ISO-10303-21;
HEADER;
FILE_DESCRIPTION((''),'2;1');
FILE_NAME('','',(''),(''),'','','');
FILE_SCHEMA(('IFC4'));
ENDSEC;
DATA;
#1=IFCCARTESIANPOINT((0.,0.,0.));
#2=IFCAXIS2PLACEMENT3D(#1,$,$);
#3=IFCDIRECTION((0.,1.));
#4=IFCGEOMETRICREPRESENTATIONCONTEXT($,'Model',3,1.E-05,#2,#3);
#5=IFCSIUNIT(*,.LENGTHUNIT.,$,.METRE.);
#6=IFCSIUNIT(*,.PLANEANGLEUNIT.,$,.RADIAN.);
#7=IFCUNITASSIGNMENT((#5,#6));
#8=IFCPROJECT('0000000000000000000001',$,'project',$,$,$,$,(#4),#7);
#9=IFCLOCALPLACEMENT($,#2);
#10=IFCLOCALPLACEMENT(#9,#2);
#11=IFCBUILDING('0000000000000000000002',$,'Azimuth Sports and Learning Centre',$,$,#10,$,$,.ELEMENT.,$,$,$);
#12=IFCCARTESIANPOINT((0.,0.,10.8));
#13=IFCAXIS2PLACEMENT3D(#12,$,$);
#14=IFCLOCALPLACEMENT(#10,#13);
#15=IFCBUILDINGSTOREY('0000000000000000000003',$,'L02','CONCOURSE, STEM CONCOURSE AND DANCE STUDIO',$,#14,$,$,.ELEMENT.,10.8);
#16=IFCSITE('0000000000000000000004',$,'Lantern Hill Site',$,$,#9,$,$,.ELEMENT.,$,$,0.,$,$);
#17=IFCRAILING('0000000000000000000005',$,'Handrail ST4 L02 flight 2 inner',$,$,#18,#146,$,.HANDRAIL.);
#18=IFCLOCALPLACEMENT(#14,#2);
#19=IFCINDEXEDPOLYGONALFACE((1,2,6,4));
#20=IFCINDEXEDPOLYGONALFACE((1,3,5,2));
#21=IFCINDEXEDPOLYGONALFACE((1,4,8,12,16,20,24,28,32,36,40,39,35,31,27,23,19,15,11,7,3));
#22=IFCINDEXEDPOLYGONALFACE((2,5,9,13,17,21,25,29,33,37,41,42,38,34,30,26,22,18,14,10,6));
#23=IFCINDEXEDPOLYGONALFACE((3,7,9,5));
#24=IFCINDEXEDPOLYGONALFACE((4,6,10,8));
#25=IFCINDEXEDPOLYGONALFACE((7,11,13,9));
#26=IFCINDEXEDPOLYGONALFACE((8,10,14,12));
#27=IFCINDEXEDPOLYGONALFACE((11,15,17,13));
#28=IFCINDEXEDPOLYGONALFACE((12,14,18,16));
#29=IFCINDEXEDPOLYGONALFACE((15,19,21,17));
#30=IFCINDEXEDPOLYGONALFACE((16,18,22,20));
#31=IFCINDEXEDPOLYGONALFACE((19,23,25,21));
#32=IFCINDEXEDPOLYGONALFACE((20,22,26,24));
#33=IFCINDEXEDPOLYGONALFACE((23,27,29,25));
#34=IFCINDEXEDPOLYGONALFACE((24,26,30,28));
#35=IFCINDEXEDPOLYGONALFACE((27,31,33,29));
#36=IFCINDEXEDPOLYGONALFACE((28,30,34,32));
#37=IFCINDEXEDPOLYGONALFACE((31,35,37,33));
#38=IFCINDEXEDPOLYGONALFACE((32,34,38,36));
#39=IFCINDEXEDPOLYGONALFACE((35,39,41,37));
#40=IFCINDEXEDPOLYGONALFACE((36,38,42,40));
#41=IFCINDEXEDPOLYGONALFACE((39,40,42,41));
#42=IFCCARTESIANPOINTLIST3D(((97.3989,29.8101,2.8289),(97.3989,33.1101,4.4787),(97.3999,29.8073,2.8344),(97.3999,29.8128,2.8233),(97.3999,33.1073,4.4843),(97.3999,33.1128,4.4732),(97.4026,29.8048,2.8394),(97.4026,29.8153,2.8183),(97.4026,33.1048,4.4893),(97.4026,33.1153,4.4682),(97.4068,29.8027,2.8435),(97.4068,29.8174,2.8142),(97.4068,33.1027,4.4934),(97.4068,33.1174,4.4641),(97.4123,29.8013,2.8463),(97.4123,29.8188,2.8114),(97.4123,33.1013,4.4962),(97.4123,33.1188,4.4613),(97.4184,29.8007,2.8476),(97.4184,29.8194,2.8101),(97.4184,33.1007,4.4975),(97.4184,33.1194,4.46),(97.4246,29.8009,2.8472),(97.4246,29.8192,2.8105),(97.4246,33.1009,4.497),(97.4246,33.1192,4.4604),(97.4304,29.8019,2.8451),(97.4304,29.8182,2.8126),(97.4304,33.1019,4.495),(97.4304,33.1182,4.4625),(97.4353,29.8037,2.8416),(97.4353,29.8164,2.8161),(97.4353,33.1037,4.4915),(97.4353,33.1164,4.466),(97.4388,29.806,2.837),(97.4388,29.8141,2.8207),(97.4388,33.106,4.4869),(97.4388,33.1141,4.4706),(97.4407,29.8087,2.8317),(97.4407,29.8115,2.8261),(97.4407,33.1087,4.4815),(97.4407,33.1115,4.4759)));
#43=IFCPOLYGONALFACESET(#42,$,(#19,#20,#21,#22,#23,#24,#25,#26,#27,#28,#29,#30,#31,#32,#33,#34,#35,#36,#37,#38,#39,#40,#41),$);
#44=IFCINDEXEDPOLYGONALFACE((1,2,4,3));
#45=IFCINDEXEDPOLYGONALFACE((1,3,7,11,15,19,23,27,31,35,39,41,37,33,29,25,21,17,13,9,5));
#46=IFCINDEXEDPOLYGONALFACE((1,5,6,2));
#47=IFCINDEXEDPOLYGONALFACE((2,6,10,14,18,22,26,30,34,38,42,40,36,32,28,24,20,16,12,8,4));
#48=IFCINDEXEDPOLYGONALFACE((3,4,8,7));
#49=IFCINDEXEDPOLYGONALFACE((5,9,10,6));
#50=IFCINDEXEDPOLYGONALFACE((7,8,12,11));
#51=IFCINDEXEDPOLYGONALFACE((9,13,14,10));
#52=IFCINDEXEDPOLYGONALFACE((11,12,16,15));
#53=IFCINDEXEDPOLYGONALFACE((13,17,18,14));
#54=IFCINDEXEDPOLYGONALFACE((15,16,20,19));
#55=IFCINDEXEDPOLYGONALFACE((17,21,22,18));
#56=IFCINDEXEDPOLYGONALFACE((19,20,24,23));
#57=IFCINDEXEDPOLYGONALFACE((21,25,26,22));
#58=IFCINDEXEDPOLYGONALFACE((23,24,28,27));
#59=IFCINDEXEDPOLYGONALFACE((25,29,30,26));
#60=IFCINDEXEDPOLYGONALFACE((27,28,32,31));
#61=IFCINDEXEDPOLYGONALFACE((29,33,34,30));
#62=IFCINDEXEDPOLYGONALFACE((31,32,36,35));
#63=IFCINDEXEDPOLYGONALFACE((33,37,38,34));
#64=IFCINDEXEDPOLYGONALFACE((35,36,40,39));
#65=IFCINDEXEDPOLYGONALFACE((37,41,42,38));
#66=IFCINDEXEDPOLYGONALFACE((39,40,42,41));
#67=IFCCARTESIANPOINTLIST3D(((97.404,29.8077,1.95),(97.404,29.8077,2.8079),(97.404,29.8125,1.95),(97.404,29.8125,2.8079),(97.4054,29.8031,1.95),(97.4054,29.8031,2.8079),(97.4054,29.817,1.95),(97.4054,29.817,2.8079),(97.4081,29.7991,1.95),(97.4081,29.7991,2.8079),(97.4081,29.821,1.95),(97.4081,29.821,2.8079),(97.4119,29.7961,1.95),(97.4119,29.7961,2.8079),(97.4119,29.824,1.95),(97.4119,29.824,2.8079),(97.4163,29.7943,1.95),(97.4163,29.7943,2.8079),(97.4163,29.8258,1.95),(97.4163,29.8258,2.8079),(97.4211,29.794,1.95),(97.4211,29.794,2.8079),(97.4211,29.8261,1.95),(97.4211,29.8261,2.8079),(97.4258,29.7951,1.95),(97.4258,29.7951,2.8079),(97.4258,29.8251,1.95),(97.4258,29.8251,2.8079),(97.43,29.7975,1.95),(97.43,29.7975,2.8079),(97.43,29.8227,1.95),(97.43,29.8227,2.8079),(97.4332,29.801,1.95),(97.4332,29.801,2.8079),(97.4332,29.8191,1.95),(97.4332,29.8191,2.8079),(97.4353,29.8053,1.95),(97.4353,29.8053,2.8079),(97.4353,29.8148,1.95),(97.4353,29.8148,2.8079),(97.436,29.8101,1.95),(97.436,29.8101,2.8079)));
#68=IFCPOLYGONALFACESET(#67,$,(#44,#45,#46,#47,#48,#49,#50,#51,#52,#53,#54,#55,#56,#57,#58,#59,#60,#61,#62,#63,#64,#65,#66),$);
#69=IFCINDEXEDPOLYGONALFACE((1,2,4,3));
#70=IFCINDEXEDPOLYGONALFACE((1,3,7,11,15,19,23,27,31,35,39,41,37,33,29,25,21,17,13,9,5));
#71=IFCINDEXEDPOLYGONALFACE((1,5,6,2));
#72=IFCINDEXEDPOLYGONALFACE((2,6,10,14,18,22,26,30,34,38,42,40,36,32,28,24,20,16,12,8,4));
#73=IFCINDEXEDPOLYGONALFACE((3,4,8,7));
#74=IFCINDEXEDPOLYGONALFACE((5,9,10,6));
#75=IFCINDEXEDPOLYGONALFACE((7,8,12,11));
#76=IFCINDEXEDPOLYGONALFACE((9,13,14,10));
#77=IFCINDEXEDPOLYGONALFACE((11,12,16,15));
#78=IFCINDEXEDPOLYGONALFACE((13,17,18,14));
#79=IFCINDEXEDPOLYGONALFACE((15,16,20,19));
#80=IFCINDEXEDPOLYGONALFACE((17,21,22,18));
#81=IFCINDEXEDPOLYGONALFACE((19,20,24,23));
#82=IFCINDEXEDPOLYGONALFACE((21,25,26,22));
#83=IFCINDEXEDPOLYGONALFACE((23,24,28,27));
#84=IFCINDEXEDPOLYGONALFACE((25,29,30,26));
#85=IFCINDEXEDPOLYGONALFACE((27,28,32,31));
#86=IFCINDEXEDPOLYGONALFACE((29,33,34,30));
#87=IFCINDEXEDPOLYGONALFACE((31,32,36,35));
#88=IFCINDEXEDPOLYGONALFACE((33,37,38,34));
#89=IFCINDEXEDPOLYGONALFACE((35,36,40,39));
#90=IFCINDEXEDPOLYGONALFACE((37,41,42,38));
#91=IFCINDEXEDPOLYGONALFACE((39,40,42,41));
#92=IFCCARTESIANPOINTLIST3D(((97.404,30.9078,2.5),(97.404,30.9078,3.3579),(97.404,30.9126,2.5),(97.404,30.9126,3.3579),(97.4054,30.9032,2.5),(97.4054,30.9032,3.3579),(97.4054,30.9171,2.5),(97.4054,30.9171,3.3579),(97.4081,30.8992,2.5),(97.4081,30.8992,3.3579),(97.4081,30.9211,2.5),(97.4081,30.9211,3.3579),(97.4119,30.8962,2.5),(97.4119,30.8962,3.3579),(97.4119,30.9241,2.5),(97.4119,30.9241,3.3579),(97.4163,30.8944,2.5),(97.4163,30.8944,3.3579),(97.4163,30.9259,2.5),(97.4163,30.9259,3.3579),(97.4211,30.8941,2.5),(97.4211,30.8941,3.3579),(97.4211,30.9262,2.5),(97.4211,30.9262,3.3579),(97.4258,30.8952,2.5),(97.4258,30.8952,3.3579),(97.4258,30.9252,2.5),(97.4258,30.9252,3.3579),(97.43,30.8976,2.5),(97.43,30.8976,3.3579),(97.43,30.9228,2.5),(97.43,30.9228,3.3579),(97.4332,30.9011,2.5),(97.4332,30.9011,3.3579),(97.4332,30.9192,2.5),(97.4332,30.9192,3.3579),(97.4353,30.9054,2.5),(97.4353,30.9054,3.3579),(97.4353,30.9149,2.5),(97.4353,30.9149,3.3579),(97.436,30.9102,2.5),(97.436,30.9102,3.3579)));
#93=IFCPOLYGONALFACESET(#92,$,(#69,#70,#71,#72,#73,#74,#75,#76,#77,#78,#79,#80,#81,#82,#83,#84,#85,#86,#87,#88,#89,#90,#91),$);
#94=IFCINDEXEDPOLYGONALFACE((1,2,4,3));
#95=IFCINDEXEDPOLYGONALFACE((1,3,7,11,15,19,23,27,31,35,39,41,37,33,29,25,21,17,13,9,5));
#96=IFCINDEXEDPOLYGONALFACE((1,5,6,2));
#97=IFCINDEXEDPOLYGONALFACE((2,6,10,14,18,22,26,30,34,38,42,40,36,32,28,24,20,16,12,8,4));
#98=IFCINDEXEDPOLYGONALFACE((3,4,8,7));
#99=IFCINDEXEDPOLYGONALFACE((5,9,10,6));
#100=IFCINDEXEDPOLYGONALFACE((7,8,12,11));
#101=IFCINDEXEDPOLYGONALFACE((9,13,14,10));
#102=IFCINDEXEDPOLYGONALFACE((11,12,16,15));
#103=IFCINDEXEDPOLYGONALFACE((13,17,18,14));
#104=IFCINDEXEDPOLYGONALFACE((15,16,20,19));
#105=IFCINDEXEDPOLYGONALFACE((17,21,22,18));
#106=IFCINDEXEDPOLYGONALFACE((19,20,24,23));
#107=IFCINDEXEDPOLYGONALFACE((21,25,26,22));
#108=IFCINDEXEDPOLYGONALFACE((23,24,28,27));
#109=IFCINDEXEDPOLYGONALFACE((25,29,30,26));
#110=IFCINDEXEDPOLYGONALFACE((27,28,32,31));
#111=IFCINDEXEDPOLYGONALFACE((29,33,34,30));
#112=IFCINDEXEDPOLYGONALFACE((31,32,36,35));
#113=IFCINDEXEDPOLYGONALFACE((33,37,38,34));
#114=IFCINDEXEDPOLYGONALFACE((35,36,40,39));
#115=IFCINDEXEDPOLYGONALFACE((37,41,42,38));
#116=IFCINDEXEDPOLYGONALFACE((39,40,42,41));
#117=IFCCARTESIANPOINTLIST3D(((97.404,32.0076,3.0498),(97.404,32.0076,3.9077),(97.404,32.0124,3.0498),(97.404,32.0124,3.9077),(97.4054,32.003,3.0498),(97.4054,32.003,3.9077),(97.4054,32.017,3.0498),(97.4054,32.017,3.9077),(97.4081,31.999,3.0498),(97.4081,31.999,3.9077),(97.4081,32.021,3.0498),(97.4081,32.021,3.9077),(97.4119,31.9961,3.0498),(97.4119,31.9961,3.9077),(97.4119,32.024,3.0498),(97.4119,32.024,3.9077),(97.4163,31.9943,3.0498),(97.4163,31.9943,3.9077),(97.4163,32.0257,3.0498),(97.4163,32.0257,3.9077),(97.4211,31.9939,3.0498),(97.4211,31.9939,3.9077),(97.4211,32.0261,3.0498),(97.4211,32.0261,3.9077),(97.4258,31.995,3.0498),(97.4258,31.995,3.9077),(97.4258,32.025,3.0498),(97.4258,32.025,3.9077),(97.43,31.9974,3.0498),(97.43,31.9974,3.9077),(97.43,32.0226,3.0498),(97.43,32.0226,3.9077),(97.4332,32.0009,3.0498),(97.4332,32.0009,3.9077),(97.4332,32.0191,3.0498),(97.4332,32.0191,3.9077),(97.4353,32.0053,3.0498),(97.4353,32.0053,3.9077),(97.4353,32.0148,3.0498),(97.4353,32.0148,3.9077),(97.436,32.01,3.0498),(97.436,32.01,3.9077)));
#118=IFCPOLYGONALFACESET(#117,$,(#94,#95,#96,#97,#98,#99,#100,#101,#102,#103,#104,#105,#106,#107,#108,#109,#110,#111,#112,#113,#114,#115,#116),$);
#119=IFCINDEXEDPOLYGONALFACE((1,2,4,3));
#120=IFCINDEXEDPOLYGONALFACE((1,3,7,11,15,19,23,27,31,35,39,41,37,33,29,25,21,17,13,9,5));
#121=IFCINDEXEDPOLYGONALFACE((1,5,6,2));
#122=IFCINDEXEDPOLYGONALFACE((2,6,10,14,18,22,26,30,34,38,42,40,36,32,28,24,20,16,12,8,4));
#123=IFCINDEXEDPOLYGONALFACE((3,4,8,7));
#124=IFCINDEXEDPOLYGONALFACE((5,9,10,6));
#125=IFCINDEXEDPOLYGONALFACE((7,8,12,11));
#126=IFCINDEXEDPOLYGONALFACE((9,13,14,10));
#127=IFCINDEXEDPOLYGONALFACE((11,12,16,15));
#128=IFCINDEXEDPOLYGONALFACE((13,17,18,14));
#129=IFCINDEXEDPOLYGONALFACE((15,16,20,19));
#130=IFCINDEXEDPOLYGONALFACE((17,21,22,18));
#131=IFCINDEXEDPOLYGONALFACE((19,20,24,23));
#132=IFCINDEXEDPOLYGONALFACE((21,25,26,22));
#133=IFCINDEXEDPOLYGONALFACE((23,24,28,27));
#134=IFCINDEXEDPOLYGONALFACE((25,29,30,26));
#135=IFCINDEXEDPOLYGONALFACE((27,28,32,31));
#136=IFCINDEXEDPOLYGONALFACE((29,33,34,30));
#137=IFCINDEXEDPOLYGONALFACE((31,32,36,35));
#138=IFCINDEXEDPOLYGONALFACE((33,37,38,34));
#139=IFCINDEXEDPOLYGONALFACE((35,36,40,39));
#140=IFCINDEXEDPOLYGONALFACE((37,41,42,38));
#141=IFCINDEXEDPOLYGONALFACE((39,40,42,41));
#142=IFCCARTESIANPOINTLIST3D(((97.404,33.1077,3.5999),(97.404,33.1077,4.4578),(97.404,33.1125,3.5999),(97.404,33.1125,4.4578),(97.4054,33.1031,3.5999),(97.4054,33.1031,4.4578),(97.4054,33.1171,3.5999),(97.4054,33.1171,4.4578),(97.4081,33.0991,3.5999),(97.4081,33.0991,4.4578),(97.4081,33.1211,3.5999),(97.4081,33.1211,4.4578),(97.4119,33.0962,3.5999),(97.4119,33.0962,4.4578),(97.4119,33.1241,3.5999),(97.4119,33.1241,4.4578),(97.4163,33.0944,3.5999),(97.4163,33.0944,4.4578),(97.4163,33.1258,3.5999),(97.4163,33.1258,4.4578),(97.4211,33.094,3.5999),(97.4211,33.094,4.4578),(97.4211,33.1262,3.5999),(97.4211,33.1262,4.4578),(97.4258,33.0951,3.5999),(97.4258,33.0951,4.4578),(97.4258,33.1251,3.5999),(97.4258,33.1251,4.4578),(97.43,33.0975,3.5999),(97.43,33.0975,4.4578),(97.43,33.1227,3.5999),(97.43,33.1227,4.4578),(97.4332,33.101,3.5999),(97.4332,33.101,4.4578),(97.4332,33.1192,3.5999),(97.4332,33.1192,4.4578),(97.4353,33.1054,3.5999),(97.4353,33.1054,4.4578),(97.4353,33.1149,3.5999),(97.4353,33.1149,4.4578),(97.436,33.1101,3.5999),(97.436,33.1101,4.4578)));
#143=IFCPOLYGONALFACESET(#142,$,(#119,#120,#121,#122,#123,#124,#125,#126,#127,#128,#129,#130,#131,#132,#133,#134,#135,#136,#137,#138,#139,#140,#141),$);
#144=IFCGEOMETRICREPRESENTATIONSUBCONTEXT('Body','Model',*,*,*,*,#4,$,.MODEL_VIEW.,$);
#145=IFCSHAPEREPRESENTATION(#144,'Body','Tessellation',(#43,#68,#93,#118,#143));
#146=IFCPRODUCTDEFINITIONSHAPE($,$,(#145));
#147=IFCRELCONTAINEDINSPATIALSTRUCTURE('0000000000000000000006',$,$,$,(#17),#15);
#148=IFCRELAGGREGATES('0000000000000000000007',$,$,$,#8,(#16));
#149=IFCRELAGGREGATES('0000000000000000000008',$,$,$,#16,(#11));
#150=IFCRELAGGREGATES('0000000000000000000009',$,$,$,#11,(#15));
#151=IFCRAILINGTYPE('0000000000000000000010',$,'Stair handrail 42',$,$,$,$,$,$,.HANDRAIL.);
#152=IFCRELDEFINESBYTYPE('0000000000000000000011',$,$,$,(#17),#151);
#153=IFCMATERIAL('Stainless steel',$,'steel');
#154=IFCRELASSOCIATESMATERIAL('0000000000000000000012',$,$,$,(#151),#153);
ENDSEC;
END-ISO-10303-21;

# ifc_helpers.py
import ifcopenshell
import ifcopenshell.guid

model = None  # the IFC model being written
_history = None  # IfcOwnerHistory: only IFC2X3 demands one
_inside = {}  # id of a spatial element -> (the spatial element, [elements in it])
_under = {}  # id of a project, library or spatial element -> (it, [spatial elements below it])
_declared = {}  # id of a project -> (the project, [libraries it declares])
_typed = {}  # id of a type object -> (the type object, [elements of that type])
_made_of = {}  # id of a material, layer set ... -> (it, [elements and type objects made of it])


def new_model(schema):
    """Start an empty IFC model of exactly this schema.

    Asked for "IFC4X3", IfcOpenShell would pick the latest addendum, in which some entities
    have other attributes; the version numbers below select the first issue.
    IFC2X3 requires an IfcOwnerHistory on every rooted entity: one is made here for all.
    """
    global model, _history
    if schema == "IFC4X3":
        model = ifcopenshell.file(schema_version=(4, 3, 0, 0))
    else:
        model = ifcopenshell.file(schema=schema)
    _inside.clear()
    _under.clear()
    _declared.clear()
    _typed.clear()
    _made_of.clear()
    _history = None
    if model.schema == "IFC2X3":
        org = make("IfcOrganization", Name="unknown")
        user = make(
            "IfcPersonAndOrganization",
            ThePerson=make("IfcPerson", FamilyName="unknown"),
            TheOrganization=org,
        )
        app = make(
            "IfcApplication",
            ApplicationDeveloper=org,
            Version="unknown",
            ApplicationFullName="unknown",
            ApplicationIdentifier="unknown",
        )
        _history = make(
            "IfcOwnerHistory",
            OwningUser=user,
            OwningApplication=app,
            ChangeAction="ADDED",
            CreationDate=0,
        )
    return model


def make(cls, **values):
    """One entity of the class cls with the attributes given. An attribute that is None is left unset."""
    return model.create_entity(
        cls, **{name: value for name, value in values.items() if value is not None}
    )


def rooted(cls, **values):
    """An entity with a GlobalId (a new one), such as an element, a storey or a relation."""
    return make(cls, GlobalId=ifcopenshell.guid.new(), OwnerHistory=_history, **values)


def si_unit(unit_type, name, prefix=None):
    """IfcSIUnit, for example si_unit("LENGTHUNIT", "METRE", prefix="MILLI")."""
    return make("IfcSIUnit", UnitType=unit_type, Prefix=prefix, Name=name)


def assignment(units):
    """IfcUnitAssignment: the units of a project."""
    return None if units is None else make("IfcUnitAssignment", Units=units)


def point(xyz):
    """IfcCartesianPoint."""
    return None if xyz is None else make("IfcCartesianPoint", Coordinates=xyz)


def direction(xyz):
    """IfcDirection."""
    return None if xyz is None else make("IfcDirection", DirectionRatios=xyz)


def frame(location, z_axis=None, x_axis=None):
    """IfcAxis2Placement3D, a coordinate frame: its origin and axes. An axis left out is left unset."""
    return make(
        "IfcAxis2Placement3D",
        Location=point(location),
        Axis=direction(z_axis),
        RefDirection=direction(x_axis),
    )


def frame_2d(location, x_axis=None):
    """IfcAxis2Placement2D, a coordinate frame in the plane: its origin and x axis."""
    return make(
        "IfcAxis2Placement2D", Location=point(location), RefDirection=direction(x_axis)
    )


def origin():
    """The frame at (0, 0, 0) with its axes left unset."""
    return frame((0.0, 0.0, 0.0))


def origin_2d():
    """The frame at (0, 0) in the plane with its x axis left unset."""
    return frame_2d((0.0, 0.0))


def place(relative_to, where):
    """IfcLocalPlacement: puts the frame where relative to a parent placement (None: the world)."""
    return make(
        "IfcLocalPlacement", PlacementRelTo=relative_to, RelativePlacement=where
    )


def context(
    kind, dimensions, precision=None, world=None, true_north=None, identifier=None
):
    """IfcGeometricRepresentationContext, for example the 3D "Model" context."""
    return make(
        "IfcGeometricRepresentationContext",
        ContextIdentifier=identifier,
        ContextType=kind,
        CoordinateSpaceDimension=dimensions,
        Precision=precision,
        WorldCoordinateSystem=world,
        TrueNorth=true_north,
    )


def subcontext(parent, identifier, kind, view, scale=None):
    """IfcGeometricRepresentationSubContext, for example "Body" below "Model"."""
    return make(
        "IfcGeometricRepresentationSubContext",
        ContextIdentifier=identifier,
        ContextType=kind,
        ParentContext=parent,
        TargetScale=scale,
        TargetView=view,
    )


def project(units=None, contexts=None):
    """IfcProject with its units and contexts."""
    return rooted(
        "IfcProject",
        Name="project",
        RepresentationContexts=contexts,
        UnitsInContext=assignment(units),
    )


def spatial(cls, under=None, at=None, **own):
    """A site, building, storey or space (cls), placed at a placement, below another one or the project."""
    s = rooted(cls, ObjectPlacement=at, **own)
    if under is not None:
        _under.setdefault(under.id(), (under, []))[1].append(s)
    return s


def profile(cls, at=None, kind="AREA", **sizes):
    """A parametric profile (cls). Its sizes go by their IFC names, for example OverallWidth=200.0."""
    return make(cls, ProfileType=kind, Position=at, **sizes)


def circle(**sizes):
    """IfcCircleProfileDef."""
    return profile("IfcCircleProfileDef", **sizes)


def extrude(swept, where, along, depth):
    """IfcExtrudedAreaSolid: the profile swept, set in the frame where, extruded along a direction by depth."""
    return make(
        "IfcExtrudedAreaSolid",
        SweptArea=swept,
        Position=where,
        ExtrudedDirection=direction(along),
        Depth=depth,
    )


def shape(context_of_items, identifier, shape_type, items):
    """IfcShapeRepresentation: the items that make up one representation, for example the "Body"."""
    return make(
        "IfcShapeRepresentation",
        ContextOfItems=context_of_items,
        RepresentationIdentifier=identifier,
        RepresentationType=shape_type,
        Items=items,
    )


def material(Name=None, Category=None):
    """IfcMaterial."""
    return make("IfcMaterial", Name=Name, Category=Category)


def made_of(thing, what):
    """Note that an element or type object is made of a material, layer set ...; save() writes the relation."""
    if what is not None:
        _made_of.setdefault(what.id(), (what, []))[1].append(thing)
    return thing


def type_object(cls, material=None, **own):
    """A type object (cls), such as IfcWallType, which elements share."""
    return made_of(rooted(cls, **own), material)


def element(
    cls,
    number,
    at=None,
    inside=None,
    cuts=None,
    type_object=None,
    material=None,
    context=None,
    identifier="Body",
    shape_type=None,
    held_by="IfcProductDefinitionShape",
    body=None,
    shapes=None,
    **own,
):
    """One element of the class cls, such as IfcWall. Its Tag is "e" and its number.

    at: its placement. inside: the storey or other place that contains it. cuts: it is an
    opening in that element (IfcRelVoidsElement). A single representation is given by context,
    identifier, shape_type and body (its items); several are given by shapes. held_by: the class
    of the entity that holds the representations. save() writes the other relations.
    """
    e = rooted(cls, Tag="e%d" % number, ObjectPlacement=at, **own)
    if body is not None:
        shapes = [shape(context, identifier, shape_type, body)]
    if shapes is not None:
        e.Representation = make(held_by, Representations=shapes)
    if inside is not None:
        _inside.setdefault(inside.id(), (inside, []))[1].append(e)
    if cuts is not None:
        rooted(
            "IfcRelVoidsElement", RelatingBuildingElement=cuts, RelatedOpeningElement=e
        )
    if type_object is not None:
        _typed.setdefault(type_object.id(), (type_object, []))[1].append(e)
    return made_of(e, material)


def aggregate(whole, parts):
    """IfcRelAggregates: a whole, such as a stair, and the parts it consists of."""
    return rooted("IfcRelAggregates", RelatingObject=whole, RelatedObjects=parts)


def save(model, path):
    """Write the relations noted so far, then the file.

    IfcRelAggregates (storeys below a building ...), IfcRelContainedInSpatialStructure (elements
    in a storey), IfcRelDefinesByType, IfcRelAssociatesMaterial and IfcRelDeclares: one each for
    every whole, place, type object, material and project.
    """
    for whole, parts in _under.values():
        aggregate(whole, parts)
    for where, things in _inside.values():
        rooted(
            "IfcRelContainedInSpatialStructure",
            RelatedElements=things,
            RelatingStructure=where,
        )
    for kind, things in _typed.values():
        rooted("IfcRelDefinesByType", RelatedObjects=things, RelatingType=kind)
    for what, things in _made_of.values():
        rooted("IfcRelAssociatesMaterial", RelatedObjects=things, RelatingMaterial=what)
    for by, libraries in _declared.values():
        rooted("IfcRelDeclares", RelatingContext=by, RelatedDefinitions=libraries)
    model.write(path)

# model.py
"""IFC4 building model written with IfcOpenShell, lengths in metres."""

from ifc_helpers import new_model, si_unit, direction, frame, origin, origin_2d, place, context, subcontext, project, spatial, circle, extrude, material, type_object, element, save


model = new_model("IFC4")

# Units and contexts
model_context = context("Model", 3, precision=1e-05, world=origin(), true_north=direction((0.0, 1.0)))
body_context = subcontext(model_context, "Body", "Model", "MODEL_VIEW")
ifc_project = project(units=[si_unit("LENGTHUNIT", "METRE"), si_unit("PLANEANGLEUNIT", "RADIAN")], contexts=[model_context])

# Site, building, storey
site_placement = place(None, origin())
site = spatial("IfcSite", under=ifc_project, at=site_placement, Name="Lantern Hill Site", CompositionType="ELEMENT", RefElevation=0.0)
building_placement = place(site_placement, origin())
building = spatial("IfcBuilding", under=site, at=building_placement, Name="Azimuth Sports and Learning Centre", CompositionType="ELEMENT")
storey_placement = place(building_placement, frame((0.0, 0.0, 10.8)))
storey = spatial("IfcBuildingStorey", under=building, at=storey_placement, Name="L02", Description="CONCOURSE, STEM CONCOURSE AND DANCE STUDIO", CompositionType="ELEMENT", Elevation=10.8)

# Railing
ifc_material_1 = material(Name="Stainless steel", Category="steel")
railing_type_1 = type_object("IfcRailingType", Name="Stair handrail 42", PredefinedType="HANDRAIL", material=ifc_material_1)
for number, where, name in (
    (1, (97.4199, 29.8101, 1.95), "Handrail ST4 L02 flight 2 inner"),
):
    element("IfcRailing", number, at=place(storey_placement, frame(where)), inside=storey, type_object=railing_type_1, Name=name, PredefinedType="HANDRAIL", context=body_context, shape_type="SweptSolid", body=[
        extrude(circle(Radius=0.021, at=origin_2d()), frame((0.0, 0.0, 0.8789), z_axis=(0.0, 0.89444, 0.447187), x_axis=(-1.0, 0.0, 0.0)), (0.0, 0.0, 1.0), 3.6895),
        extrude(circle(Radius=0.0161, at=origin_2d()), origin(), (0.0, 0.0, 1.0), 0.8579),
        extrude(circle(Radius=0.0161, at=origin_2d()), frame((0.0, 1.1001, 0.55)), (0.0, 0.0, 1.0), 0.8579),
        extrude(circle(Radius=0.0161, at=origin_2d()), frame((0.0, 2.2, 1.0999)), (0.0, 0.0, 1.0), 0.8579),
        extrude(circle(Radius=0.0161, at=origin_2d()), frame((0.0, 3.3, 1.6499)), (0.0, 0.0, 1.0), 0.8579),
    ])

save(model, "model.ifc")
